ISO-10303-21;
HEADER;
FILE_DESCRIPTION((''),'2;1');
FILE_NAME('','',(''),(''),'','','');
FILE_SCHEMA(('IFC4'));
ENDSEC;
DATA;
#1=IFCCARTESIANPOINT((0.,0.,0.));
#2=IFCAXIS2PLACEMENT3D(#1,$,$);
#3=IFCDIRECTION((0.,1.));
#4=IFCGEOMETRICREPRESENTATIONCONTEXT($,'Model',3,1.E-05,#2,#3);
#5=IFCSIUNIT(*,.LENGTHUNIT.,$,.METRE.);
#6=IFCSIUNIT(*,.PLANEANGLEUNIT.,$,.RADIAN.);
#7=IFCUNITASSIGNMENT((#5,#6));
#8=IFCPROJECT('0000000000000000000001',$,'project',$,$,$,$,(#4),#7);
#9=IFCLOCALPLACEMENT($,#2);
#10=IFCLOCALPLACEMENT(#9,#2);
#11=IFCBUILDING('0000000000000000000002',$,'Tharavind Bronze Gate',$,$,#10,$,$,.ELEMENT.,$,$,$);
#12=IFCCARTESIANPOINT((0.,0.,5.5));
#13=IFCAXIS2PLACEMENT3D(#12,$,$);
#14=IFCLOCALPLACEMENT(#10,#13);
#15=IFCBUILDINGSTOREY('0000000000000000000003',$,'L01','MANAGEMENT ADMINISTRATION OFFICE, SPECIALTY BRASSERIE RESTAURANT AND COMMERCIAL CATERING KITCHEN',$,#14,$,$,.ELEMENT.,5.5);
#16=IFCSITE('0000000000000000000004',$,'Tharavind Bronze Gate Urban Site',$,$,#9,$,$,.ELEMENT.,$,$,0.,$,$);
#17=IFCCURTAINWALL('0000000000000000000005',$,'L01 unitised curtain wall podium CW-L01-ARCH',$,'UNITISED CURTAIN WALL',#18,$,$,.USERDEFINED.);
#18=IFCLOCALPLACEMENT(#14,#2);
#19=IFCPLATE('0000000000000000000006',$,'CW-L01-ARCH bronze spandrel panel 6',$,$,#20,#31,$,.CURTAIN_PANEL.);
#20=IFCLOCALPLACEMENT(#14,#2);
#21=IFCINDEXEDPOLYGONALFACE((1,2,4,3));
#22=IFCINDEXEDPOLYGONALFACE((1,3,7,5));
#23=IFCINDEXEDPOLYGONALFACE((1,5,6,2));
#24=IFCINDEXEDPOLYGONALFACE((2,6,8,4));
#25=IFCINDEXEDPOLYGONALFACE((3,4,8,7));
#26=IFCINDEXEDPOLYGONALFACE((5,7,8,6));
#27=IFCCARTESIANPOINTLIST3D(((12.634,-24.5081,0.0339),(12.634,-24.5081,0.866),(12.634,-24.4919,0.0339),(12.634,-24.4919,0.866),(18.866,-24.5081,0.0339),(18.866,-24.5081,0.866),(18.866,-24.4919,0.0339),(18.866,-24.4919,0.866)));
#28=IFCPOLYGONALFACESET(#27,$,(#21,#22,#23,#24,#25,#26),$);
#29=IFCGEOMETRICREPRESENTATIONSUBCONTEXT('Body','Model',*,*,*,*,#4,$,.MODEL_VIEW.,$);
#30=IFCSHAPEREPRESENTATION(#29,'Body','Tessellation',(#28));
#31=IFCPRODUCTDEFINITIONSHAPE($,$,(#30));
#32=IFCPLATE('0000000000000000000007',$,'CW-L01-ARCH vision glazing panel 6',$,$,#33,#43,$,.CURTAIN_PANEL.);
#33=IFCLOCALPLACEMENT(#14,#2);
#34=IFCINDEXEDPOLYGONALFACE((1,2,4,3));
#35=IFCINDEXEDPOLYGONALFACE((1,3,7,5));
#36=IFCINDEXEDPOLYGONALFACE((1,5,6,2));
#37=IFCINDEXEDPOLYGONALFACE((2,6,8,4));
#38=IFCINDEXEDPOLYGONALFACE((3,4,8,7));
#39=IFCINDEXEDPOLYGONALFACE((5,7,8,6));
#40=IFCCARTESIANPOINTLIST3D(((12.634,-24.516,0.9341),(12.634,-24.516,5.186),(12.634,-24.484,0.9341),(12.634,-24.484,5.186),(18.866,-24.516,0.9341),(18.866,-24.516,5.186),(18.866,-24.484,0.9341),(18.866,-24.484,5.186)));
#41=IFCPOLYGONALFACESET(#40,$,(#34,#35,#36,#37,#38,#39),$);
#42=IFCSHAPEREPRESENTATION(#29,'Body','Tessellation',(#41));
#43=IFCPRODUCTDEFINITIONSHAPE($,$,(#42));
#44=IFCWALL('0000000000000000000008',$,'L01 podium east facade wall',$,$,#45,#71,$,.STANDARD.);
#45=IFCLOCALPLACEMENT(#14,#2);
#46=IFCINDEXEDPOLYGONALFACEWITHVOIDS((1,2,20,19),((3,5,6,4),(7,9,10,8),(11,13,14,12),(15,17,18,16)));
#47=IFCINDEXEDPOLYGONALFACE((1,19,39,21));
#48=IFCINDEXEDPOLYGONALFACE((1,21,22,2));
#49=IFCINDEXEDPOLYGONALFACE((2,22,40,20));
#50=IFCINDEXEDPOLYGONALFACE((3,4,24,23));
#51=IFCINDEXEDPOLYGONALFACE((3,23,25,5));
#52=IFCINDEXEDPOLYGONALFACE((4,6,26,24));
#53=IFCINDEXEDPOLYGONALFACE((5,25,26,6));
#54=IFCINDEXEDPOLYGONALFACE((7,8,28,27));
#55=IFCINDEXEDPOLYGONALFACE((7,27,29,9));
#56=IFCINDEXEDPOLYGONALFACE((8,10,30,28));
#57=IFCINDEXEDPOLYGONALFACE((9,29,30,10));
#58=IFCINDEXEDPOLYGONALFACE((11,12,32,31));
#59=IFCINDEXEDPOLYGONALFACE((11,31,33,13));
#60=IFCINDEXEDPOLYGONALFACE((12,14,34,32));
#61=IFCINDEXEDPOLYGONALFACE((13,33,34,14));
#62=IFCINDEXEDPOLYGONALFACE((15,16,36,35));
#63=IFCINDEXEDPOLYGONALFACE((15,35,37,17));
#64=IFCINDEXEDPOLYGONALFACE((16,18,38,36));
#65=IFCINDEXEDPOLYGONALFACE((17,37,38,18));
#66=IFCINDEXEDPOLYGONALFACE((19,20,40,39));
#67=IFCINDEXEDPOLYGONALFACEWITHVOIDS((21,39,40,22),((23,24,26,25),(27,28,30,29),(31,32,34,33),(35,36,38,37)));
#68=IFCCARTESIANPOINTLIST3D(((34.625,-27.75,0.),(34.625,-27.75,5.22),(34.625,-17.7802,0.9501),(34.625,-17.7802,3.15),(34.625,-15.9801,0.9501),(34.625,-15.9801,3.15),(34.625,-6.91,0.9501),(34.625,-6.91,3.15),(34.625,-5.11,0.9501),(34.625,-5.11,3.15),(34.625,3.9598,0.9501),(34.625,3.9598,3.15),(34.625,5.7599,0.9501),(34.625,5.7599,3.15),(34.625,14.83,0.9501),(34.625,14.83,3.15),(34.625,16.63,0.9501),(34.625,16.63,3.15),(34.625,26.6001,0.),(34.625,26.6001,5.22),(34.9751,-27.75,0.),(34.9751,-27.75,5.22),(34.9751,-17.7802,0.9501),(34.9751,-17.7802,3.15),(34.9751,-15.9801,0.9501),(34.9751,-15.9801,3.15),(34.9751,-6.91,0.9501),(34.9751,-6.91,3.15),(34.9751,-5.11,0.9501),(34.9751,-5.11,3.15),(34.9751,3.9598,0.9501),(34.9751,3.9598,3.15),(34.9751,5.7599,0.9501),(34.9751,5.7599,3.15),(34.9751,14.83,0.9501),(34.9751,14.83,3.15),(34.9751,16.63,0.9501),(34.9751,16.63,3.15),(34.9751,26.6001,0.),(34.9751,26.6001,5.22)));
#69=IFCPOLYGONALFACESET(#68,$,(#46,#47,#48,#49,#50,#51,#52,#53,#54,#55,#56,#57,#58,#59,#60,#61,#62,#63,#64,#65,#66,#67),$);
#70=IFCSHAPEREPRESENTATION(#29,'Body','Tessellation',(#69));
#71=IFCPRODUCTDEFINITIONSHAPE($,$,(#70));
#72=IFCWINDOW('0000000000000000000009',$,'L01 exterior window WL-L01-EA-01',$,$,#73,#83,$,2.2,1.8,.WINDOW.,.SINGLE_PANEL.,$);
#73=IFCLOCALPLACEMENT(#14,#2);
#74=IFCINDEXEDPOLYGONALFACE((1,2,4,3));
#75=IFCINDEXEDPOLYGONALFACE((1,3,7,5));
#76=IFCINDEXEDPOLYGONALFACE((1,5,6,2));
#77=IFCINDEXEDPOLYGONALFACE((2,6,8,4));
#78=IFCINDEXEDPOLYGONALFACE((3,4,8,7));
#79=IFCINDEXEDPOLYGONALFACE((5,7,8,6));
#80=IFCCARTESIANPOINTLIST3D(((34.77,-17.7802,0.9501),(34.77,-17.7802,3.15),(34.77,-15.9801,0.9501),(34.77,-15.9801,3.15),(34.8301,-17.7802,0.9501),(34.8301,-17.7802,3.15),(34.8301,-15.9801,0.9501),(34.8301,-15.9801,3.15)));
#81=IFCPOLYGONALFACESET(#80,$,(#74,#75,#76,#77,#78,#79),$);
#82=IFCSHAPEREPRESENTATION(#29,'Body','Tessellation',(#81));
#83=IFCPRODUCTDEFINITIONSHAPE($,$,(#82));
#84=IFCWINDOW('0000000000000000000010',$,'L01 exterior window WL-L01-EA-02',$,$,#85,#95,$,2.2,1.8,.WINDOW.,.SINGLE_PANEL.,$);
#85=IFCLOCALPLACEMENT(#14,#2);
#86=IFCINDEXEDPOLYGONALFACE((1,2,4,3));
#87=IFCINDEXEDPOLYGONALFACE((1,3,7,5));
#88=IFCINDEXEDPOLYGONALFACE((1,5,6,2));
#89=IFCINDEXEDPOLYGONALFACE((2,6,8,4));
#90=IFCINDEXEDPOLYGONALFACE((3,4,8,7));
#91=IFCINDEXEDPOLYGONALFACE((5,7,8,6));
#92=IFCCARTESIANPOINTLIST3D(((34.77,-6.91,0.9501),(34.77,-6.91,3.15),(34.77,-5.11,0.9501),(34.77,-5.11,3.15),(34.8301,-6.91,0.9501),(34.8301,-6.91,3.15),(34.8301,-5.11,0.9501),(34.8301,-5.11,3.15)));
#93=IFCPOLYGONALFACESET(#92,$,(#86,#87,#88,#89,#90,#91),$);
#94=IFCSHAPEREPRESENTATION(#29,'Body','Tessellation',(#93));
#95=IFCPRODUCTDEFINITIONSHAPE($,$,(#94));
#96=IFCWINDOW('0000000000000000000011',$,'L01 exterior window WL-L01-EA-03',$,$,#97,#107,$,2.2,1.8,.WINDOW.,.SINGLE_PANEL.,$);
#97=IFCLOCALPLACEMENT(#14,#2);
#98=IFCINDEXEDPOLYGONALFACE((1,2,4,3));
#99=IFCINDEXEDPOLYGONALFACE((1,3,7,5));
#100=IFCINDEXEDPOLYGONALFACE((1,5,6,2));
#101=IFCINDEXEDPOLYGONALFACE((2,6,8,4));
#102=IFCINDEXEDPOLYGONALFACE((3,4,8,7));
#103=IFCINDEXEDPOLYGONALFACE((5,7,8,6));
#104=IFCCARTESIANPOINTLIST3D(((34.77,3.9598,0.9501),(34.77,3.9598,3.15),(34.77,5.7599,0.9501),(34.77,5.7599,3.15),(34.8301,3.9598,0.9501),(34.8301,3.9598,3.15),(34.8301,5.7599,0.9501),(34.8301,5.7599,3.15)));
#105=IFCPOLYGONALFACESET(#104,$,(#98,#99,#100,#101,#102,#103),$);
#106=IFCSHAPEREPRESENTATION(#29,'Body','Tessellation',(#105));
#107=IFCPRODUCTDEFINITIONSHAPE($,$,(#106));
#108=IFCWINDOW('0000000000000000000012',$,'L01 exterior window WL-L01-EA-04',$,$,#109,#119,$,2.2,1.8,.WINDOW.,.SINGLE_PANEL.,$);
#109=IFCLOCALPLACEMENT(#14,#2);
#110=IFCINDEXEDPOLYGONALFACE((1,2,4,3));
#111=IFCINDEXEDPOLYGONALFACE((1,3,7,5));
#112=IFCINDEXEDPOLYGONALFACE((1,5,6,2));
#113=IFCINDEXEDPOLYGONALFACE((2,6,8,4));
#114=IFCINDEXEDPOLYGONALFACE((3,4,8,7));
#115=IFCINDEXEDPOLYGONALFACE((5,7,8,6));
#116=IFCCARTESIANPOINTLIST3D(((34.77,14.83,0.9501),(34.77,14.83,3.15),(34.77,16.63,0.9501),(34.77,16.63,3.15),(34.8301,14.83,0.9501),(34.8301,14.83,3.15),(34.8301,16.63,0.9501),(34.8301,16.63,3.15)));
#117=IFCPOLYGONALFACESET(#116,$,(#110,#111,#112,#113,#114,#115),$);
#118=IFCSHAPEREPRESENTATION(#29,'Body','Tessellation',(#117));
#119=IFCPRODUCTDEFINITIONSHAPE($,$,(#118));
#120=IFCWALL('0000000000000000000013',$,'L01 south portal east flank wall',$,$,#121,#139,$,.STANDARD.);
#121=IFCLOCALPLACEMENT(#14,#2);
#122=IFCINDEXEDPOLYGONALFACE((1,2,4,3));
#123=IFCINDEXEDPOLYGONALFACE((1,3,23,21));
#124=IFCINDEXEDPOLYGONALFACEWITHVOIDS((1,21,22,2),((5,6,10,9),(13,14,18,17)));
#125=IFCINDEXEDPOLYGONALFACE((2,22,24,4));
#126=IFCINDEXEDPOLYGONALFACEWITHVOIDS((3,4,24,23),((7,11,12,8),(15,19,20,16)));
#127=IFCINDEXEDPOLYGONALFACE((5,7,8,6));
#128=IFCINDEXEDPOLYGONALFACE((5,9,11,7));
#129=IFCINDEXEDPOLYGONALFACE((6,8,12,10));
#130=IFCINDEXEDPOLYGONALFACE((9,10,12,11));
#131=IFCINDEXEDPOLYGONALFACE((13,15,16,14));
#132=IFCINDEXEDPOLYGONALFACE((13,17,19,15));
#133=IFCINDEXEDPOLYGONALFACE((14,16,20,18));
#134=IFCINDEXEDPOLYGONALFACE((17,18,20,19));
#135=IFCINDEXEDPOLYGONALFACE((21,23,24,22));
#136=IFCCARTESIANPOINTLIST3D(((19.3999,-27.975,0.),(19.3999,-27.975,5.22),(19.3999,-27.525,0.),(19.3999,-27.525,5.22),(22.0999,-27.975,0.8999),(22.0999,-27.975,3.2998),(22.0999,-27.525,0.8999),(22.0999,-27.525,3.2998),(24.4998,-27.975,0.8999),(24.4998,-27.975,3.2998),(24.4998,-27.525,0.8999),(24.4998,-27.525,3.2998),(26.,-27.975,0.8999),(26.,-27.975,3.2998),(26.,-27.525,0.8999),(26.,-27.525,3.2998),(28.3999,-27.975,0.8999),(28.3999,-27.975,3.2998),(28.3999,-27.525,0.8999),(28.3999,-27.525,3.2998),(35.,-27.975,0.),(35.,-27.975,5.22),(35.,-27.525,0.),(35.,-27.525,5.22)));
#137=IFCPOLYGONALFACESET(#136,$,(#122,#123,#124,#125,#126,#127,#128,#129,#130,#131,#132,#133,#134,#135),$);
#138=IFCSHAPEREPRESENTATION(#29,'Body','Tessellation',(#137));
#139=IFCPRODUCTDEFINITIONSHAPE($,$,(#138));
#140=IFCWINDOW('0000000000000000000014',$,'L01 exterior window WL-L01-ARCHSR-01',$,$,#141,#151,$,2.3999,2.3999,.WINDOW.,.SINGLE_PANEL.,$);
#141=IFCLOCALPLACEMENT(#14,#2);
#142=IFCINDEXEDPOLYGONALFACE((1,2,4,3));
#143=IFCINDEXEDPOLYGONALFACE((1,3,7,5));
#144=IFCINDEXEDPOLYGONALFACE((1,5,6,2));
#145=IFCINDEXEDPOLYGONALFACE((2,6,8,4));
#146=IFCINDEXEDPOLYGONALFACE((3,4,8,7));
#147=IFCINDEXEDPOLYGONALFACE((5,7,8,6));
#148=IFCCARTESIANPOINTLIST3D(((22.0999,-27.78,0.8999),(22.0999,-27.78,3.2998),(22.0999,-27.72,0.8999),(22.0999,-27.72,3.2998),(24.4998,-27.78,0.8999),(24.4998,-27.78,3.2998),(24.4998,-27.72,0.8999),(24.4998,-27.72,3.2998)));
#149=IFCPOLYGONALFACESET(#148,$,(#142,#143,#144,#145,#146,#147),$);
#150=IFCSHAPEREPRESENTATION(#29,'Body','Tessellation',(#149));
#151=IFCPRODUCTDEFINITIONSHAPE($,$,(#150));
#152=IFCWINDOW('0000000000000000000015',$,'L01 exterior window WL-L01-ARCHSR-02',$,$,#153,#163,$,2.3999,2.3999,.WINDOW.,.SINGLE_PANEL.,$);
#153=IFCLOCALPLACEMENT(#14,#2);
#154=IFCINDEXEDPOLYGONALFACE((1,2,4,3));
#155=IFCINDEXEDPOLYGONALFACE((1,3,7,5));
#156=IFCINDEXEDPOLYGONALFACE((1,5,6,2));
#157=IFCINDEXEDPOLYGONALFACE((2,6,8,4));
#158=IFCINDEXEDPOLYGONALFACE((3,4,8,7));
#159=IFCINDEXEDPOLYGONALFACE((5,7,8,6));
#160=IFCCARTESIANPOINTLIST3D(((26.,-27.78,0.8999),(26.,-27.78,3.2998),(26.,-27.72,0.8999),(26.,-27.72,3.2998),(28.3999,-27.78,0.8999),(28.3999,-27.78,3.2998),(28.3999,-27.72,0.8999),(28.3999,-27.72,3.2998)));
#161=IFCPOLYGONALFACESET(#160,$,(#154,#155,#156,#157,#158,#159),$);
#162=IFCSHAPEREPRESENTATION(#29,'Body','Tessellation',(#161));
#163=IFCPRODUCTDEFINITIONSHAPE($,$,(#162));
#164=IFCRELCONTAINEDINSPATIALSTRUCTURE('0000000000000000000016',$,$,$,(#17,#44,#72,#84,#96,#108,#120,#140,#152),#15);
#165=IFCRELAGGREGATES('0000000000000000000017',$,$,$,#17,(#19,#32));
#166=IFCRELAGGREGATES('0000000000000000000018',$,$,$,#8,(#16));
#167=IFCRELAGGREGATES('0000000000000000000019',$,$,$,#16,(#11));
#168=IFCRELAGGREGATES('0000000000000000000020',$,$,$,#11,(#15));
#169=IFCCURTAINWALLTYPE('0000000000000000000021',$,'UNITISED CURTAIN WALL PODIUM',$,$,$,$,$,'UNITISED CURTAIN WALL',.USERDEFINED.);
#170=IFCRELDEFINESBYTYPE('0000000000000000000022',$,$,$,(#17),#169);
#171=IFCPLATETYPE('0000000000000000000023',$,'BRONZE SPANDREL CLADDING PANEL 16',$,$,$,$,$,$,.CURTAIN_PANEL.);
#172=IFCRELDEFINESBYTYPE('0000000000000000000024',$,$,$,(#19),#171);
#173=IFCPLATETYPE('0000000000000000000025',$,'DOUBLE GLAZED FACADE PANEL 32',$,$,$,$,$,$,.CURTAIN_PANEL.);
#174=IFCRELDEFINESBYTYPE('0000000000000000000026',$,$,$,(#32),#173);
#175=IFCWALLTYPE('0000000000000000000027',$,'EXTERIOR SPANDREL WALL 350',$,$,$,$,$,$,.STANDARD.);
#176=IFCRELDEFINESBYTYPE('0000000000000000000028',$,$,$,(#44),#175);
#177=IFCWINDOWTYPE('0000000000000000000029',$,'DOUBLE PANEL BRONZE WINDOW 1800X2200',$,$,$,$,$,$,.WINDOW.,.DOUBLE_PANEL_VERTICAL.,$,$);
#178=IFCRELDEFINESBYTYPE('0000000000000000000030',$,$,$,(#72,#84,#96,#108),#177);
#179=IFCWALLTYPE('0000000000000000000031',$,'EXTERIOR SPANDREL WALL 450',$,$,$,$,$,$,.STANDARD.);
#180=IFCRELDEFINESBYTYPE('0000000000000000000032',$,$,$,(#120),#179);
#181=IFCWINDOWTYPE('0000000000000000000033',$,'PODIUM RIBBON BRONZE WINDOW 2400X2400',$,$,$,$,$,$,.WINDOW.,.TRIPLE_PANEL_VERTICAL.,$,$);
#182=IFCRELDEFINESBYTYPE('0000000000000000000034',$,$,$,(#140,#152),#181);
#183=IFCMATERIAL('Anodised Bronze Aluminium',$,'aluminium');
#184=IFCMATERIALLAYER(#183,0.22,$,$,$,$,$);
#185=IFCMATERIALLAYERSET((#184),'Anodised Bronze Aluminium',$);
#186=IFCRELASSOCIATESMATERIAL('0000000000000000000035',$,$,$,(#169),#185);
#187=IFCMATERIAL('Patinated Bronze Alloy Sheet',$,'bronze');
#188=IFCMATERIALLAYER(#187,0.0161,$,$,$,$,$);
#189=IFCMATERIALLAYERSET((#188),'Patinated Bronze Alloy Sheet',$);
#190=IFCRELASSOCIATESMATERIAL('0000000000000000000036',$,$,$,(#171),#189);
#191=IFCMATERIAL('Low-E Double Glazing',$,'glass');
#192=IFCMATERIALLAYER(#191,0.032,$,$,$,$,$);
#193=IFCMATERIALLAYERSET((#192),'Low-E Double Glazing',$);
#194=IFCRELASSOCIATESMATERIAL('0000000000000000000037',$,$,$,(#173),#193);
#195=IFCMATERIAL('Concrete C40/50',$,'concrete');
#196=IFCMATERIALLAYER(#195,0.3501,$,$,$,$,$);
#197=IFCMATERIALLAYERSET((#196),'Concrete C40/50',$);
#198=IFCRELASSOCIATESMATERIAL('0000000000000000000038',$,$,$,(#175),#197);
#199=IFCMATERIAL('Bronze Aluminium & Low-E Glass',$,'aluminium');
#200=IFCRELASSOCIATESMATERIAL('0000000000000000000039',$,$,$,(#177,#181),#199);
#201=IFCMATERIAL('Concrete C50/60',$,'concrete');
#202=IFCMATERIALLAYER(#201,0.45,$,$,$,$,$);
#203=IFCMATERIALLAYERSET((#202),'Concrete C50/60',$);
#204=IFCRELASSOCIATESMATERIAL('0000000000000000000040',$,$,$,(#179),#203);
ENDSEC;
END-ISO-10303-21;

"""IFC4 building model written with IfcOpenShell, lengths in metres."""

from ifc_helpers import new_model, si_unit, direction, frame, frame_2d, origin, origin_2d, place, context, subcontext, project, spatial, rectangle, extrude, material, layer, layer_set, type_object, element, fill, aggregate, save


model = new_model("IFC4")

# Units and contexts
model_context = context("Model", 3, precision=1e-05, world=origin(), true_north=direction((0.0, 1.0)))
body_context = subcontext(model_context, "Body", "Model", "MODEL_VIEW")
ifc_project = project(units=[si_unit("LENGTHUNIT", "METRE"), si_unit("PLANEANGLEUNIT", "RADIAN")], contexts=[model_context])

# Site, building, storey
site_placement = place(None, origin())
site = spatial("IfcSite", under=ifc_project, at=site_placement, Name="Tharavind Bronze Gate Urban Site", CompositionType="ELEMENT", RefElevation=0.0)
building_placement = place(site_placement, origin())
building = spatial("IfcBuilding", under=site, at=building_placement, Name="Tharavind Bronze Gate", CompositionType="ELEMENT")
storey_placement = place(building_placement, frame((0.0, 0.0, 5.5)))
storey = spatial("IfcBuildingStorey", under=building, at=storey_placement, Name="L01", Description="MANAGEMENT ADMINISTRATION OFFICE, SPECIALTY BRASSERIE RESTAURANT AND COMMERCIAL CATERING KITCHEN", CompositionType="ELEMENT", Elevation=5.5)

# Curtain wall
ifc_material_1 = material(Name="Anodised Bronze Aluminium", Category="aluminium")
ifc_layer_1 = layer(ifc_material_1, 0.22)
ifc_layer_set_1 = layer_set([ifc_layer_1], Name="Anodised Bronze Aluminium")
curtain_wall_type = type_object("IfcCurtainWallType", Name="UNITISED CURTAIN WALL PODIUM", ElementType="UNITISED CURTAIN WALL", PredefinedType="USERDEFINED", material=ifc_layer_set_1)
curtain_wall_placement = place(storey_placement, origin())
curtain_wall = element("IfcCurtainWall", 1, at=curtain_wall_placement, inside=storey, type_object=curtain_wall_type, Name="L01 unitised curtain wall podium CW-L01-ARCH", ObjectType="UNITISED CURTAIN WALL", PredefinedType="USERDEFINED")

# Plates
ifc_material_2 = material(Name="Patinated Bronze Alloy Sheet", Category="bronze")
ifc_layer_2 = layer(ifc_material_2, 0.0161)
ifc_layer_set_2 = layer_set([ifc_layer_2], Name="Patinated Bronze Alloy Sheet")
plate_type_1 = type_object("IfcPlateType", Name="BRONZE SPANDREL CLADDING PANEL 16", PredefinedType="CURTAIN_PANEL", material=ifc_layer_set_2)
plate_1_placement = place(storey_placement, frame((15.75, -24.5, 0.0339), z_axis=(0.0, 0.0, 1.0), x_axis=(1.0, 0.0, 0.0)))
plate_1 = element("IfcPlate", 2, at=plate_1_placement, type_object=plate_type_1, Name="CW-L01-ARCH bronze spandrel panel 6", PredefinedType="CURTAIN_PANEL", context=body_context, shape_type="SweptSolid", body=[
    extrude(rectangle(XDim=6.2319, YDim=0.0161, at=origin_2d()), origin(), (0.0, 0.0, 1.0), 0.832),
])
ifc_material_3 = material(Name="Low-E Double Glazing", Category="glass")
ifc_layer_3 = layer(ifc_material_3, 0.032)
ifc_layer_set_3 = layer_set([ifc_layer_3], Name="Low-E Double Glazing")
plate_type_2 = type_object("IfcPlateType", Name="DOUBLE GLAZED FACADE PANEL 32", PredefinedType="CURTAIN_PANEL", material=ifc_layer_set_3)
plate_2_placement = place(storey_placement, frame((15.75, -24.5, 0.9341), z_axis=(0.0, 0.0, 1.0), x_axis=(1.0, 0.0, 0.0)))
plate_2 = element("IfcPlate", 3, at=plate_2_placement, type_object=plate_type_2, Name="CW-L01-ARCH vision glazing panel 6", PredefinedType="CURTAIN_PANEL", context=body_context, shape_type="SweptSolid", body=[
    extrude(rectangle(XDim=6.2319, YDim=0.032, at=origin_2d()), origin(), (0.0, 0.0, 1.0), 4.252),
])
aggregate(curtain_wall, [plate_1, plate_2])

# Walls, openings, windows
ifc_material_4 = material(Name="Concrete C40/50", Category="concrete")
ifc_layer_4 = layer(ifc_material_4, 0.3501)
ifc_layer_set_4 = layer_set([ifc_layer_4], Name="Concrete C40/50")
wall_type_1 = type_object("IfcWallType", Name="EXTERIOR SPANDREL WALL 350", PredefinedType="STANDARD", material=ifc_layer_set_4)
wall_1_placement = place(storey_placement, frame((34.8, -27.75, 0.0), z_axis=(0.0, 0.0, 1.0), x_axis=(0.0, 1.0, 0.0)))
wall_1 = element("IfcWall", 4, at=wall_1_placement, inside=storey, type_object=wall_type_1, Name="L01 podium east facade wall", PredefinedType="STANDARD", context=body_context, shape_type="SweptSolid", body=[
    extrude(rectangle(XDim=54.3501, YDim=0.3501, at=frame_2d((27.175, 0.0))), origin(), (0.0, 0.0, 1.0), 5.22),
])
opening_1_placement = place(wall_1_placement, frame((9.97, 0.0, 0.95)))
opening_1 = element("IfcOpeningElement", 5, at=opening_1_placement, cuts=wall_1, PredefinedType="OPENING", context=body_context, shape_type="SweptSolid", body=[
    extrude(rectangle(XDim=1.8, YDim=2.2, at=frame_2d((0.8999, 1.1001))), frame((0.0, 0.185, 0.0), z_axis=(0.0, -1.0, 0.0), x_axis=(1.0, 0.0, 0.0)), (0.0, 0.0, 1.0), 0.3701),
])
opening_2_placement = place(wall_1_placement, frame((20.8401, 0.0, 0.95)))
opening_2 = element("IfcOpeningElement", 6, at=opening_2_placement, cuts=wall_1, PredefinedType="OPENING", context=body_context, shape_type="SweptSolid", body=[
    extrude(rectangle(XDim=1.8, YDim=2.2, at=frame_2d((0.8999, 1.1001))), frame((0.0, 0.185, 0.0), z_axis=(0.0, -1.0, 0.0), x_axis=(1.0, 0.0, 0.0)), (0.0, 0.0, 1.0), 0.3701),
])
opening_3_placement = place(wall_1_placement, frame((31.71, 0.0, 0.95)))
opening_3 = element("IfcOpeningElement", 7, at=opening_3_placement, cuts=wall_1, PredefinedType="OPENING", context=body_context, shape_type="SweptSolid", body=[
    extrude(rectangle(XDim=1.8, YDim=2.2, at=frame_2d((0.8999, 1.1001))), frame((0.0, 0.185, 0.0), z_axis=(0.0, -1.0, 0.0), x_axis=(1.0, 0.0, 0.0)), (0.0, 0.0, 1.0), 0.3701),
])
opening_4_placement = place(wall_1_placement, frame((42.5801, 0.0, 0.95)))
opening_4 = element("IfcOpeningElement", 8, at=opening_4_placement, cuts=wall_1, PredefinedType="OPENING", context=body_context, shape_type="SweptSolid", body=[
    extrude(rectangle(XDim=1.8, YDim=2.2, at=frame_2d((0.8999, 1.1001))), frame((0.0, 0.185, 0.0), z_axis=(0.0, -1.0, 0.0), x_axis=(1.0, 0.0, 0.0)), (0.0, 0.0, 1.0), 0.3701),
])
ifc_material_5 = material(Name="Bronze Aluminium & Low-E Glass", Category="aluminium")
window_type_1 = type_object("IfcWindowType", Name="DOUBLE PANEL BRONZE WINDOW 1800X2200", PartitioningType="DOUBLE_PANEL_VERTICAL", PredefinedType="WINDOW", material=ifc_material_5)
window_1_placement = place(opening_1_placement, origin())
window_1 = element("IfcWindow", 9, at=window_1_placement, inside=storey, type_object=window_type_1, Name="L01 exterior window WL-L01-EA-01", OverallHeight=2.2, OverallWidth=1.8, PartitioningType="SINGLE_PANEL", PredefinedType="WINDOW", context=body_context, shape_type="SweptSolid", body=[
    extrude(rectangle(XDim=1.8, YDim=2.2, at=frame_2d((0.8999, 1.1001))), frame((0.0, 0.03, 0.0), z_axis=(0.0, -1.0, 0.0), x_axis=(1.0, 0.0, 0.0)), (0.0, 0.0, 1.0), 0.0601),
])
fill(opening_1, window_1)
window_2_placement = place(opening_2_placement, origin())
window_2 = element("IfcWindow", 10, at=window_2_placement, inside=storey, type_object=window_type_1, Name="L01 exterior window WL-L01-EA-02", OverallHeight=2.2, OverallWidth=1.8, PartitioningType="SINGLE_PANEL", PredefinedType="WINDOW", context=body_context, shape_type="SweptSolid", body=[
    extrude(rectangle(XDim=1.8, YDim=2.2, at=frame_2d((0.8999, 1.1001))), frame((0.0, 0.03, 0.0), z_axis=(0.0, -1.0, 0.0), x_axis=(1.0, 0.0, 0.0)), (0.0, 0.0, 1.0), 0.0601),
])
fill(opening_2, window_2)
window_3_placement = place(opening_3_placement, origin())
window_3 = element("IfcWindow", 11, at=window_3_placement, inside=storey, type_object=window_type_1, Name="L01 exterior window WL-L01-EA-03", OverallHeight=2.2, OverallWidth=1.8, PartitioningType="SINGLE_PANEL", PredefinedType="WINDOW", context=body_context, shape_type="SweptSolid", body=[
    extrude(rectangle(XDim=1.8, YDim=2.2, at=frame_2d((0.8999, 1.1001))), frame((0.0, 0.03, 0.0), z_axis=(0.0, -1.0, 0.0), x_axis=(1.0, 0.0, 0.0)), (0.0, 0.0, 1.0), 0.0601),
])
fill(opening_3, window_3)
window_4_placement = place(opening_4_placement, origin())
window_4 = element("IfcWindow", 12, at=window_4_placement, inside=storey, type_object=window_type_1, Name="L01 exterior window WL-L01-EA-04", OverallHeight=2.2, OverallWidth=1.8, PartitioningType="SINGLE_PANEL", PredefinedType="WINDOW", context=body_context, shape_type="SweptSolid", body=[
    extrude(rectangle(XDim=1.8, YDim=2.2, at=frame_2d((0.8999, 1.1001))), frame((0.0, 0.03, 0.0), z_axis=(0.0, -1.0, 0.0), x_axis=(1.0, 0.0, 0.0)), (0.0, 0.0, 1.0), 0.0601),
])
fill(opening_4, window_4)
ifc_material_6 = material(Name="Concrete C50/60", Category="concrete")
ifc_layer_5 = layer(ifc_material_6, 0.45)
ifc_layer_set_5 = layer_set([ifc_layer_5], Name="Concrete C50/60")
wall_type_2 = type_object("IfcWallType", Name="EXTERIOR SPANDREL WALL 450", PredefinedType="STANDARD", material=ifc_layer_set_5)
wall_2_placement = place(storey_placement, frame((19.3999, -27.75, 0.0), z_axis=(0.0, 0.0, 1.0), x_axis=(1.0, 0.0, 0.0)))
wall_2 = element("IfcWall", 13, at=wall_2_placement, inside=storey, type_object=wall_type_2, Name="L01 south portal east flank wall", PredefinedType="STANDARD", context=body_context, shape_type="SweptSolid", body=[
    extrude(rectangle(XDim=15.6001, YDim=0.45, at=frame_2d((7.8, 0.0))), origin(), (0.0, 0.0, 1.0), 5.22),
])
opening_5_placement = place(wall_2_placement, frame((2.7, 0.0, 0.8999)))
opening_5 = element("IfcOpeningElement", 14, at=opening_5_placement, cuts=wall_2, PredefinedType="OPENING", context=body_context, shape_type="SweptSolid", body=[
    extrude(rectangle(XDim=2.3999, YDim=2.3999, at=frame_2d((1.2, 1.2))), frame((0.0, 0.2351, 0.0), z_axis=(0.0, -1.0, 0.0), x_axis=(1.0, 0.0, 0.0)), (0.0, 0.0, 1.0), 0.47),
])
opening_6_placement = place(wall_2_placement, frame((6.6001, 0.0, 0.8999)))
opening_6 = element("IfcOpeningElement", 15, at=opening_6_placement, cuts=wall_2, PredefinedType="OPENING", context=body_context, shape_type="SweptSolid", body=[
    extrude(rectangle(XDim=2.3999, YDim=2.3999, at=frame_2d((1.2, 1.2))), frame((0.0, 0.2351, 0.0), z_axis=(0.0, -1.0, 0.0), x_axis=(1.0, 0.0, 0.0)), (0.0, 0.0, 1.0), 0.47),
])
window_type_2 = type_object("IfcWindowType", Name="PODIUM RIBBON BRONZE WINDOW 2400X2400", PartitioningType="TRIPLE_PANEL_VERTICAL", PredefinedType="WINDOW", material=ifc_material_5)
window_5_placement = place(opening_5_placement, origin())
window_5 = element("IfcWindow", 16, at=window_5_placement, inside=storey, type_object=window_type_2, Name="L01 exterior window WL-L01-ARCHSR-01", OverallHeight=2.3999, OverallWidth=2.3999, PartitioningType="SINGLE_PANEL", PredefinedType="WINDOW", context=body_context, shape_type="SweptSolid", body=[
    extrude(rectangle(XDim=2.3999, YDim=2.3999, at=frame_2d((1.2, 1.2))), frame((0.0, 0.03, 0.0), z_axis=(0.0, -1.0, 0.0), x_axis=(1.0, 0.0, 0.0)), (0.0, 0.0, 1.0), 0.0601),
])
fill(opening_5, window_5)
window_6_placement = place(opening_6_placement, origin())
window_6 = element("IfcWindow", 17, at=window_6_placement, inside=storey, type_object=window_type_2, Name="L01 exterior window WL-L01-ARCHSR-02", OverallHeight=2.3999, OverallWidth=2.3999, PartitioningType="SINGLE_PANEL", PredefinedType="WINDOW", context=body_context, shape_type="SweptSolid", body=[
    extrude(rectangle(XDim=2.3999, YDim=2.3999, at=frame_2d((1.2, 1.2))), frame((0.0, 0.03, 0.0), z_axis=(0.0, -1.0, 0.0), x_axis=(1.0, 0.0, 0.0)), (0.0, 0.0, 1.0), 0.0601),
])
fill(opening_6, window_6)

save(model, "model.ifc")
